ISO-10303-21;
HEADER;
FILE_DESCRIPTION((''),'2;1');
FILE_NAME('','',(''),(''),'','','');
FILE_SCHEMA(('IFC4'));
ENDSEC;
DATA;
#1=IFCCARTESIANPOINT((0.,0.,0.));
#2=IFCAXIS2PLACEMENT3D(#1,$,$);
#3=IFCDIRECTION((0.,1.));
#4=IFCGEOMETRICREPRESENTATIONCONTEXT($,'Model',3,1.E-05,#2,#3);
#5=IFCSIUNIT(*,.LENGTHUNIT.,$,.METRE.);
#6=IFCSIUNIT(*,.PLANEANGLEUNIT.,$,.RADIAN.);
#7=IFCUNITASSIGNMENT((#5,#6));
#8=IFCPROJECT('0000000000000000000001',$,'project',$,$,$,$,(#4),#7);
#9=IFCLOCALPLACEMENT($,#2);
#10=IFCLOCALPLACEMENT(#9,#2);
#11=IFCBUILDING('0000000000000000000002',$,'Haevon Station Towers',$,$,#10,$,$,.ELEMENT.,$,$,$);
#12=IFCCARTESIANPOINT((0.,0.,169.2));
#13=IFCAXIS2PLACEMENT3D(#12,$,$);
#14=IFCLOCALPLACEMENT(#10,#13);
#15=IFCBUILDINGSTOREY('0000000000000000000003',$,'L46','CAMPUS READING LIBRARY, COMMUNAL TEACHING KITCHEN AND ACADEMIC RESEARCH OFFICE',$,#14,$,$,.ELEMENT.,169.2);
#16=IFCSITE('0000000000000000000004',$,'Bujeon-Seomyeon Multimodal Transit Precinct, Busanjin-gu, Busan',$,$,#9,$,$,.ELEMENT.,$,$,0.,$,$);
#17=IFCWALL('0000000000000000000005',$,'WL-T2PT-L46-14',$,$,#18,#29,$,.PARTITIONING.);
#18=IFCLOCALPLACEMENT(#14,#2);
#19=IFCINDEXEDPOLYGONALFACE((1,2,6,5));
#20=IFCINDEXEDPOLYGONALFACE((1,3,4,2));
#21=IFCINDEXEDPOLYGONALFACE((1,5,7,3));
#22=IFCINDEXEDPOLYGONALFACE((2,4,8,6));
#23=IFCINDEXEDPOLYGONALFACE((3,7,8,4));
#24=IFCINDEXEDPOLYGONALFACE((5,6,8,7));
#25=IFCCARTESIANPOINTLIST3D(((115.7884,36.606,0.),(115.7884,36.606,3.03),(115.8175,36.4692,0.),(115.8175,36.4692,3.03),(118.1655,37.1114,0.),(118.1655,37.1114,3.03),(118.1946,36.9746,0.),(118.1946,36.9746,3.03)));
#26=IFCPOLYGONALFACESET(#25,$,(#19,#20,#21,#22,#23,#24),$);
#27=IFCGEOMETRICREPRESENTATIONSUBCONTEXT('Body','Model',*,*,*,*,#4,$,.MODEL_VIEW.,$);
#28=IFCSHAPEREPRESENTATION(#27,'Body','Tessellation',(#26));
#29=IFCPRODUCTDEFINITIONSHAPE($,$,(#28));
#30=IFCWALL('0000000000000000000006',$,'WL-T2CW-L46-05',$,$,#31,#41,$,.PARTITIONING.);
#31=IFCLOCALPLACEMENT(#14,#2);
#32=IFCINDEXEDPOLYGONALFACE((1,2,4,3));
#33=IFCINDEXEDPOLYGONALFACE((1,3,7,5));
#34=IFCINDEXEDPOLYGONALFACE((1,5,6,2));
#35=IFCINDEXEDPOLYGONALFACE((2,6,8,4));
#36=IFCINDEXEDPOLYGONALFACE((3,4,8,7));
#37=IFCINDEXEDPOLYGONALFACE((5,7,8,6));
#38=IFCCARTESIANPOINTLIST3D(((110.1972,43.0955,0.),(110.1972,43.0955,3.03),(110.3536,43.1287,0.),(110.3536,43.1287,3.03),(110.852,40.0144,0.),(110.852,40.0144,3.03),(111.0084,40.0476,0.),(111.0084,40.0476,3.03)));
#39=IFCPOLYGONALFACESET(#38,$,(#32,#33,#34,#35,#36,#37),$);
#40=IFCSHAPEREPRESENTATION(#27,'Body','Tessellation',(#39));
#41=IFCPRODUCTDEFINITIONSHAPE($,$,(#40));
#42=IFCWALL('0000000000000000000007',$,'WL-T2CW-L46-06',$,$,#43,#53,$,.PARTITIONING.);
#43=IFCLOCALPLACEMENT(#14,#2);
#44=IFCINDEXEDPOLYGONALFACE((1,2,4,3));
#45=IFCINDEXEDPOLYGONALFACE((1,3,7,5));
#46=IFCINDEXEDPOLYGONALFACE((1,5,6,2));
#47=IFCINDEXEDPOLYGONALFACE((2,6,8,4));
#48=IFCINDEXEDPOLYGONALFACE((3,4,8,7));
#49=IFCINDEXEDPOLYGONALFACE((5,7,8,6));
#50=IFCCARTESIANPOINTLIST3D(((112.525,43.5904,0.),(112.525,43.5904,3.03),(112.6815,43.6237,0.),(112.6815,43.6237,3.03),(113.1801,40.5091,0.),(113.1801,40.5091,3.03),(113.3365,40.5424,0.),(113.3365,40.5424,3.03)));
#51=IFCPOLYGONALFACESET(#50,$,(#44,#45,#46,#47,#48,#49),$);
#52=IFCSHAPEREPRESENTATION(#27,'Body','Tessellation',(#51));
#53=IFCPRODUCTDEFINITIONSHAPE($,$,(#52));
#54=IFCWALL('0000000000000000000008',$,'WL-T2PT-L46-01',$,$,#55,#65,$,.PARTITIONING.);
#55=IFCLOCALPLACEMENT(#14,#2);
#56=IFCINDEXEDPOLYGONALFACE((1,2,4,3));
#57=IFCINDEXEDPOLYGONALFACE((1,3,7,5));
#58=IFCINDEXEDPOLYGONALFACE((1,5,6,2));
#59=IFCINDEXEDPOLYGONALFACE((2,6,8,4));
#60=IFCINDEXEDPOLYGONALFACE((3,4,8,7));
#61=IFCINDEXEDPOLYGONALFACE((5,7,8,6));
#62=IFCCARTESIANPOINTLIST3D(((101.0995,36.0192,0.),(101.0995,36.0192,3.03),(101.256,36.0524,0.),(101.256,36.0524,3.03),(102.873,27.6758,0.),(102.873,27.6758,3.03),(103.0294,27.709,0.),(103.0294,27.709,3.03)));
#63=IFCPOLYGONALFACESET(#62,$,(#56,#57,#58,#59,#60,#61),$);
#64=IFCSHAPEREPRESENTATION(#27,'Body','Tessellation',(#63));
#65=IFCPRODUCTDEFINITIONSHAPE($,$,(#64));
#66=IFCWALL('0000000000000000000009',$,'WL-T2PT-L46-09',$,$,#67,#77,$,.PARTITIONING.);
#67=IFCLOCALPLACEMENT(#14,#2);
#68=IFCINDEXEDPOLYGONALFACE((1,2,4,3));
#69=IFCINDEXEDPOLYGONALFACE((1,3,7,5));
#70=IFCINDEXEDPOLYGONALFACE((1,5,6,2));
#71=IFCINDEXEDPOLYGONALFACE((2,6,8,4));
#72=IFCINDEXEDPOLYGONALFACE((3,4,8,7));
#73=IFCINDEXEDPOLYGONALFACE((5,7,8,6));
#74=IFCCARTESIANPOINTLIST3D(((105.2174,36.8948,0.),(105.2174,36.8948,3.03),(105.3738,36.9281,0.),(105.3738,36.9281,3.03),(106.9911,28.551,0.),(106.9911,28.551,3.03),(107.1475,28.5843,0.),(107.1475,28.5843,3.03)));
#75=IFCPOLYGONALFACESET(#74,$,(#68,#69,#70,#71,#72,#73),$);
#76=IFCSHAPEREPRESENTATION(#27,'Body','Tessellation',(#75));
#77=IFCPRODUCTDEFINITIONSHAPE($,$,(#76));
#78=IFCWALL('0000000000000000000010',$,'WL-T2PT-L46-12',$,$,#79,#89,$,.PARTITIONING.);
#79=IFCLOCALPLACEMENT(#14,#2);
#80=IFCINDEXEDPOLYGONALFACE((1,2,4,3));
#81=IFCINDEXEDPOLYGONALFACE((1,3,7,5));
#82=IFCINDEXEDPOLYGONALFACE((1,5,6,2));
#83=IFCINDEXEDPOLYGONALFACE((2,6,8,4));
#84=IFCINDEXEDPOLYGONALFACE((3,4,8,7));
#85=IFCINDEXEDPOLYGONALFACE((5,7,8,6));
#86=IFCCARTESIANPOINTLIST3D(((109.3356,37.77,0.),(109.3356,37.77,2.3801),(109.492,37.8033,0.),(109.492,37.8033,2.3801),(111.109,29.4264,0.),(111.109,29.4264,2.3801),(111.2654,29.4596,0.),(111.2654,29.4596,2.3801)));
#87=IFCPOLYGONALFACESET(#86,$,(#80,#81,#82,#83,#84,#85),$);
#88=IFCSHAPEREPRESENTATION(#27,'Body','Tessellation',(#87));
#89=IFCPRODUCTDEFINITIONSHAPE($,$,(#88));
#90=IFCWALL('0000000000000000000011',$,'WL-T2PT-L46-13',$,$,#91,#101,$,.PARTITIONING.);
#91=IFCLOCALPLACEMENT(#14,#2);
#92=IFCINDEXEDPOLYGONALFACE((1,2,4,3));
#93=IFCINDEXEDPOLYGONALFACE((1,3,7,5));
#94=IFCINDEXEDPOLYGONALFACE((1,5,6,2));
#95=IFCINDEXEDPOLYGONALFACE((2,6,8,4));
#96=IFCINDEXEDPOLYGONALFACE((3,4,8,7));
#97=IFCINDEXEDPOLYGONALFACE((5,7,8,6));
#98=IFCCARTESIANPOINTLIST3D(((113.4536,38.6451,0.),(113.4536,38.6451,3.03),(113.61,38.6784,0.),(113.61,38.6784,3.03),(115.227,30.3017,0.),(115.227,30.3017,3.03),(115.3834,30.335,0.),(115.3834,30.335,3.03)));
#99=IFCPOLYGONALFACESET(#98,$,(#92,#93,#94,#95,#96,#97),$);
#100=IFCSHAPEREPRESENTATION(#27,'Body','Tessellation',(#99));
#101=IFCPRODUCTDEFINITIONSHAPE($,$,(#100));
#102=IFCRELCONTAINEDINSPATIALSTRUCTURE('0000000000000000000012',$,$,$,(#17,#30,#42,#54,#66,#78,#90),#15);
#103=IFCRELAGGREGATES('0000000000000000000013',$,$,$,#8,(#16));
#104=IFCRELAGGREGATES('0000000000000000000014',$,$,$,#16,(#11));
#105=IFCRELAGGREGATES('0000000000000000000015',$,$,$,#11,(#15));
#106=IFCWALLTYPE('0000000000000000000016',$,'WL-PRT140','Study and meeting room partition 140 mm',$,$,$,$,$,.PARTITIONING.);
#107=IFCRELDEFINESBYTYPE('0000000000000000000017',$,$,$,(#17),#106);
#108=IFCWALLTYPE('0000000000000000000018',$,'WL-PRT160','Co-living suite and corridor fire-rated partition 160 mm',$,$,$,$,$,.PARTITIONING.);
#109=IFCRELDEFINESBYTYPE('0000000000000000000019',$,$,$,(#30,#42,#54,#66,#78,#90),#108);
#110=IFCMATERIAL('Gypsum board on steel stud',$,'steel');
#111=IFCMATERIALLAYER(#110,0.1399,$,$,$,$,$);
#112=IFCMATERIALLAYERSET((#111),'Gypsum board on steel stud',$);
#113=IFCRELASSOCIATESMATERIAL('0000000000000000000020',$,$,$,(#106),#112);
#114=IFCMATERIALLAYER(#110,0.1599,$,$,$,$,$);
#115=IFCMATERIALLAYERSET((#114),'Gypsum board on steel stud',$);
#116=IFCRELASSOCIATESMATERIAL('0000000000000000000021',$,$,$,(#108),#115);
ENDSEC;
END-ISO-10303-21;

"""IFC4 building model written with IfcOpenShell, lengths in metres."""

from ifc_helpers import new_model, si_unit, direction, frame, frame_2d, origin, place, context, subcontext, project, spatial, rectangle, extrude, material, layer, layer_set, type_object, element, save


model = new_model("IFC4")

# Units and contexts
model_context = context("Model", 3, precision=1e-05, world=origin(), true_north=direction((0.0, 1.0)))
body_context = subcontext(model_context, "Body", "Model", "MODEL_VIEW")
ifc_project = project(units=[si_unit("LENGTHUNIT", "METRE"), si_unit("PLANEANGLEUNIT", "RADIAN")], contexts=[model_context])

# Site, building, storey
site_placement = place(None, origin())
site = spatial("IfcSite", under=ifc_project, at=site_placement, Name="Bujeon-Seomyeon Multimodal Transit Precinct, Busanjin-gu, Busan", CompositionType="ELEMENT", RefElevation=0.0)
building_placement = place(site_placement, origin())
building = spatial("IfcBuilding", under=site, at=building_placement, Name="Haevon Station Towers", CompositionType="ELEMENT")
storey_placement = place(building_placement, frame((0.0, 0.0, 169.2)))
storey = spatial("IfcBuildingStorey", under=building, at=storey_placement, Name="L46", Description="CAMPUS READING LIBRARY, COMMUNAL TEACHING KITCHEN AND ACADEMIC RESEARCH OFFICE", CompositionType="ELEMENT", Elevation=169.2)

# Shared definitions
ifc_material_1 = material(Name="Gypsum board on steel stud", Category="steel")

# Walls
ifc_layer_1 = layer(ifc_material_1, 0.1399)
ifc_layer_set_1 = layer_set([ifc_layer_1], Name="Gypsum board on steel stud")
wall_type_1 = type_object("IfcWallType", Name="WL-PRT140", Description="Study and meeting room partition 140 mm", PredefinedType="PARTITIONING", material=ifc_layer_set_1)
wall_1_placement = place(storey_placement, frame((115.803, 36.5376, 0.0), z_axis=(0.0, 0.0, 1.0), x_axis=(0.978136, 0.207964, 0.0)))
element("IfcWall", 1, at=wall_1_placement, inside=storey, type_object=wall_type_1, Name="WL-T2PT-L46-14", PredefinedType="PARTITIONING", context=body_context, shape_type="SweptSolid", body=[
    extrude(rectangle(XDim=2.4302, YDim=0.1399, at=frame_2d((1.2151, 0.0))), origin(), (0.0, 0.0, 1.0), 3.03),
])
ifc_layer_2 = layer(ifc_material_1, 0.1599)
ifc_layer_set_2 = layer_set([ifc_layer_2], Name="Gypsum board on steel stud")
wall_type_2 = type_object("IfcWallType", Name="WL-PRT160", Description="Co-living suite and corridor fire-rated partition 160 mm", PredefinedType="PARTITIONING", material=ifc_layer_set_2)
wall_2_placement = place(storey_placement, frame((110.9302, 40.031, 0.0), z_axis=(0.0, 0.0, 1.0), x_axis=(-0.207877, 0.978155, 0.0)))
element("IfcWall", 2, at=wall_2_placement, inside=storey, type_object=wall_type_2, Name="WL-T2CW-L46-05", PredefinedType="PARTITIONING", context=body_context, shape_type="SweptSolid", body=[
    extrude(rectangle(XDim=3.1499, YDim=0.1599, at=frame_2d((1.575, 0.0))), origin(), (0.0, 0.0, 1.0), 3.03),
])
wall_3_placement = place(storey_placement, frame((113.2583, 40.5256, 0.0), z_axis=(0.0, 0.0, 1.0), x_axis=(-0.207936, 0.978142, 0.0)))
element("IfcWall", 3, at=wall_3_placement, inside=storey, type_object=wall_type_2, Name="WL-T2CW-L46-06", PredefinedType="PARTITIONING", context=body_context, shape_type="SweptSolid", body=[
    extrude(rectangle(XDim=3.1501, YDim=0.1599, at=frame_2d((1.5752, 0.0))), origin(), (0.0, 0.0, 1.0), 3.03),
])
wall_4_placement = place(storey_placement, frame((102.9512, 27.6924, 0.0), z_axis=(0.0, 0.0, 1.0), x_axis=(-0.207908, 0.978148, 0.0)))
element("IfcWall", 4, at=wall_4_placement, inside=storey, type_object=wall_type_2, Name="WL-T2PT-L46-01", PredefinedType="PARTITIONING", context=body_context, shape_type="SweptSolid", body=[
    extrude(rectangle(XDim=8.5298, YDim=0.1599, at=frame_2d((4.2649, 0.0))), origin(), (0.0, 0.0, 1.0), 3.03),
])
wall_5_placement = place(storey_placement, frame((107.0693, 28.5676, 0.0), z_axis=(0.0, 0.0, 1.0), x_axis=(-0.20793, 0.978144, 0.0)))
element("IfcWall", 5, at=wall_5_placement, inside=storey, type_object=wall_type_2, Name="WL-T2PT-L46-09", PredefinedType="PARTITIONING", context=body_context, shape_type="SweptSolid", body=[
    extrude(rectangle(XDim=8.5303, YDim=0.1599, at=frame_2d((4.2651, 0.0))), origin(), (0.0, 0.0, 1.0), 3.03),
])
wall_6_placement = place(storey_placement, frame((111.1873, 29.4429, 0.0), z_axis=(0.0, 0.0, 1.0), x_axis=(-0.207903, 0.97815, 0.0)))
element("IfcWall", 6, at=wall_6_placement, inside=storey, type_object=wall_type_2, Name="WL-T2PT-L46-12", PredefinedType="PARTITIONING", context=body_context, shape_type="SweptSolid", body=[
    extrude(rectangle(XDim=8.53, YDim=0.1599, at=frame_2d((4.2651, 0.0))), origin(), (0.0, 0.0, 1.0), 2.3801),
])
wall_7_placement = place(storey_placement, frame((115.3052, 30.3184, 0.0), z_axis=(0.0, 0.0, 1.0), x_axis=(-0.207908, 0.978148, 0.0)))
element("IfcWall", 7, at=wall_7_placement, inside=storey, type_object=wall_type_2, Name="WL-T2PT-L46-13", PredefinedType="PARTITIONING", context=body_context, shape_type="SweptSolid", body=[
    extrude(rectangle(XDim=8.5298, YDim=0.1599, at=frame_2d((4.2649, 0.0))), origin(), (0.0, 0.0, 1.0), 3.03),
])

save(model, "model.ifc")
